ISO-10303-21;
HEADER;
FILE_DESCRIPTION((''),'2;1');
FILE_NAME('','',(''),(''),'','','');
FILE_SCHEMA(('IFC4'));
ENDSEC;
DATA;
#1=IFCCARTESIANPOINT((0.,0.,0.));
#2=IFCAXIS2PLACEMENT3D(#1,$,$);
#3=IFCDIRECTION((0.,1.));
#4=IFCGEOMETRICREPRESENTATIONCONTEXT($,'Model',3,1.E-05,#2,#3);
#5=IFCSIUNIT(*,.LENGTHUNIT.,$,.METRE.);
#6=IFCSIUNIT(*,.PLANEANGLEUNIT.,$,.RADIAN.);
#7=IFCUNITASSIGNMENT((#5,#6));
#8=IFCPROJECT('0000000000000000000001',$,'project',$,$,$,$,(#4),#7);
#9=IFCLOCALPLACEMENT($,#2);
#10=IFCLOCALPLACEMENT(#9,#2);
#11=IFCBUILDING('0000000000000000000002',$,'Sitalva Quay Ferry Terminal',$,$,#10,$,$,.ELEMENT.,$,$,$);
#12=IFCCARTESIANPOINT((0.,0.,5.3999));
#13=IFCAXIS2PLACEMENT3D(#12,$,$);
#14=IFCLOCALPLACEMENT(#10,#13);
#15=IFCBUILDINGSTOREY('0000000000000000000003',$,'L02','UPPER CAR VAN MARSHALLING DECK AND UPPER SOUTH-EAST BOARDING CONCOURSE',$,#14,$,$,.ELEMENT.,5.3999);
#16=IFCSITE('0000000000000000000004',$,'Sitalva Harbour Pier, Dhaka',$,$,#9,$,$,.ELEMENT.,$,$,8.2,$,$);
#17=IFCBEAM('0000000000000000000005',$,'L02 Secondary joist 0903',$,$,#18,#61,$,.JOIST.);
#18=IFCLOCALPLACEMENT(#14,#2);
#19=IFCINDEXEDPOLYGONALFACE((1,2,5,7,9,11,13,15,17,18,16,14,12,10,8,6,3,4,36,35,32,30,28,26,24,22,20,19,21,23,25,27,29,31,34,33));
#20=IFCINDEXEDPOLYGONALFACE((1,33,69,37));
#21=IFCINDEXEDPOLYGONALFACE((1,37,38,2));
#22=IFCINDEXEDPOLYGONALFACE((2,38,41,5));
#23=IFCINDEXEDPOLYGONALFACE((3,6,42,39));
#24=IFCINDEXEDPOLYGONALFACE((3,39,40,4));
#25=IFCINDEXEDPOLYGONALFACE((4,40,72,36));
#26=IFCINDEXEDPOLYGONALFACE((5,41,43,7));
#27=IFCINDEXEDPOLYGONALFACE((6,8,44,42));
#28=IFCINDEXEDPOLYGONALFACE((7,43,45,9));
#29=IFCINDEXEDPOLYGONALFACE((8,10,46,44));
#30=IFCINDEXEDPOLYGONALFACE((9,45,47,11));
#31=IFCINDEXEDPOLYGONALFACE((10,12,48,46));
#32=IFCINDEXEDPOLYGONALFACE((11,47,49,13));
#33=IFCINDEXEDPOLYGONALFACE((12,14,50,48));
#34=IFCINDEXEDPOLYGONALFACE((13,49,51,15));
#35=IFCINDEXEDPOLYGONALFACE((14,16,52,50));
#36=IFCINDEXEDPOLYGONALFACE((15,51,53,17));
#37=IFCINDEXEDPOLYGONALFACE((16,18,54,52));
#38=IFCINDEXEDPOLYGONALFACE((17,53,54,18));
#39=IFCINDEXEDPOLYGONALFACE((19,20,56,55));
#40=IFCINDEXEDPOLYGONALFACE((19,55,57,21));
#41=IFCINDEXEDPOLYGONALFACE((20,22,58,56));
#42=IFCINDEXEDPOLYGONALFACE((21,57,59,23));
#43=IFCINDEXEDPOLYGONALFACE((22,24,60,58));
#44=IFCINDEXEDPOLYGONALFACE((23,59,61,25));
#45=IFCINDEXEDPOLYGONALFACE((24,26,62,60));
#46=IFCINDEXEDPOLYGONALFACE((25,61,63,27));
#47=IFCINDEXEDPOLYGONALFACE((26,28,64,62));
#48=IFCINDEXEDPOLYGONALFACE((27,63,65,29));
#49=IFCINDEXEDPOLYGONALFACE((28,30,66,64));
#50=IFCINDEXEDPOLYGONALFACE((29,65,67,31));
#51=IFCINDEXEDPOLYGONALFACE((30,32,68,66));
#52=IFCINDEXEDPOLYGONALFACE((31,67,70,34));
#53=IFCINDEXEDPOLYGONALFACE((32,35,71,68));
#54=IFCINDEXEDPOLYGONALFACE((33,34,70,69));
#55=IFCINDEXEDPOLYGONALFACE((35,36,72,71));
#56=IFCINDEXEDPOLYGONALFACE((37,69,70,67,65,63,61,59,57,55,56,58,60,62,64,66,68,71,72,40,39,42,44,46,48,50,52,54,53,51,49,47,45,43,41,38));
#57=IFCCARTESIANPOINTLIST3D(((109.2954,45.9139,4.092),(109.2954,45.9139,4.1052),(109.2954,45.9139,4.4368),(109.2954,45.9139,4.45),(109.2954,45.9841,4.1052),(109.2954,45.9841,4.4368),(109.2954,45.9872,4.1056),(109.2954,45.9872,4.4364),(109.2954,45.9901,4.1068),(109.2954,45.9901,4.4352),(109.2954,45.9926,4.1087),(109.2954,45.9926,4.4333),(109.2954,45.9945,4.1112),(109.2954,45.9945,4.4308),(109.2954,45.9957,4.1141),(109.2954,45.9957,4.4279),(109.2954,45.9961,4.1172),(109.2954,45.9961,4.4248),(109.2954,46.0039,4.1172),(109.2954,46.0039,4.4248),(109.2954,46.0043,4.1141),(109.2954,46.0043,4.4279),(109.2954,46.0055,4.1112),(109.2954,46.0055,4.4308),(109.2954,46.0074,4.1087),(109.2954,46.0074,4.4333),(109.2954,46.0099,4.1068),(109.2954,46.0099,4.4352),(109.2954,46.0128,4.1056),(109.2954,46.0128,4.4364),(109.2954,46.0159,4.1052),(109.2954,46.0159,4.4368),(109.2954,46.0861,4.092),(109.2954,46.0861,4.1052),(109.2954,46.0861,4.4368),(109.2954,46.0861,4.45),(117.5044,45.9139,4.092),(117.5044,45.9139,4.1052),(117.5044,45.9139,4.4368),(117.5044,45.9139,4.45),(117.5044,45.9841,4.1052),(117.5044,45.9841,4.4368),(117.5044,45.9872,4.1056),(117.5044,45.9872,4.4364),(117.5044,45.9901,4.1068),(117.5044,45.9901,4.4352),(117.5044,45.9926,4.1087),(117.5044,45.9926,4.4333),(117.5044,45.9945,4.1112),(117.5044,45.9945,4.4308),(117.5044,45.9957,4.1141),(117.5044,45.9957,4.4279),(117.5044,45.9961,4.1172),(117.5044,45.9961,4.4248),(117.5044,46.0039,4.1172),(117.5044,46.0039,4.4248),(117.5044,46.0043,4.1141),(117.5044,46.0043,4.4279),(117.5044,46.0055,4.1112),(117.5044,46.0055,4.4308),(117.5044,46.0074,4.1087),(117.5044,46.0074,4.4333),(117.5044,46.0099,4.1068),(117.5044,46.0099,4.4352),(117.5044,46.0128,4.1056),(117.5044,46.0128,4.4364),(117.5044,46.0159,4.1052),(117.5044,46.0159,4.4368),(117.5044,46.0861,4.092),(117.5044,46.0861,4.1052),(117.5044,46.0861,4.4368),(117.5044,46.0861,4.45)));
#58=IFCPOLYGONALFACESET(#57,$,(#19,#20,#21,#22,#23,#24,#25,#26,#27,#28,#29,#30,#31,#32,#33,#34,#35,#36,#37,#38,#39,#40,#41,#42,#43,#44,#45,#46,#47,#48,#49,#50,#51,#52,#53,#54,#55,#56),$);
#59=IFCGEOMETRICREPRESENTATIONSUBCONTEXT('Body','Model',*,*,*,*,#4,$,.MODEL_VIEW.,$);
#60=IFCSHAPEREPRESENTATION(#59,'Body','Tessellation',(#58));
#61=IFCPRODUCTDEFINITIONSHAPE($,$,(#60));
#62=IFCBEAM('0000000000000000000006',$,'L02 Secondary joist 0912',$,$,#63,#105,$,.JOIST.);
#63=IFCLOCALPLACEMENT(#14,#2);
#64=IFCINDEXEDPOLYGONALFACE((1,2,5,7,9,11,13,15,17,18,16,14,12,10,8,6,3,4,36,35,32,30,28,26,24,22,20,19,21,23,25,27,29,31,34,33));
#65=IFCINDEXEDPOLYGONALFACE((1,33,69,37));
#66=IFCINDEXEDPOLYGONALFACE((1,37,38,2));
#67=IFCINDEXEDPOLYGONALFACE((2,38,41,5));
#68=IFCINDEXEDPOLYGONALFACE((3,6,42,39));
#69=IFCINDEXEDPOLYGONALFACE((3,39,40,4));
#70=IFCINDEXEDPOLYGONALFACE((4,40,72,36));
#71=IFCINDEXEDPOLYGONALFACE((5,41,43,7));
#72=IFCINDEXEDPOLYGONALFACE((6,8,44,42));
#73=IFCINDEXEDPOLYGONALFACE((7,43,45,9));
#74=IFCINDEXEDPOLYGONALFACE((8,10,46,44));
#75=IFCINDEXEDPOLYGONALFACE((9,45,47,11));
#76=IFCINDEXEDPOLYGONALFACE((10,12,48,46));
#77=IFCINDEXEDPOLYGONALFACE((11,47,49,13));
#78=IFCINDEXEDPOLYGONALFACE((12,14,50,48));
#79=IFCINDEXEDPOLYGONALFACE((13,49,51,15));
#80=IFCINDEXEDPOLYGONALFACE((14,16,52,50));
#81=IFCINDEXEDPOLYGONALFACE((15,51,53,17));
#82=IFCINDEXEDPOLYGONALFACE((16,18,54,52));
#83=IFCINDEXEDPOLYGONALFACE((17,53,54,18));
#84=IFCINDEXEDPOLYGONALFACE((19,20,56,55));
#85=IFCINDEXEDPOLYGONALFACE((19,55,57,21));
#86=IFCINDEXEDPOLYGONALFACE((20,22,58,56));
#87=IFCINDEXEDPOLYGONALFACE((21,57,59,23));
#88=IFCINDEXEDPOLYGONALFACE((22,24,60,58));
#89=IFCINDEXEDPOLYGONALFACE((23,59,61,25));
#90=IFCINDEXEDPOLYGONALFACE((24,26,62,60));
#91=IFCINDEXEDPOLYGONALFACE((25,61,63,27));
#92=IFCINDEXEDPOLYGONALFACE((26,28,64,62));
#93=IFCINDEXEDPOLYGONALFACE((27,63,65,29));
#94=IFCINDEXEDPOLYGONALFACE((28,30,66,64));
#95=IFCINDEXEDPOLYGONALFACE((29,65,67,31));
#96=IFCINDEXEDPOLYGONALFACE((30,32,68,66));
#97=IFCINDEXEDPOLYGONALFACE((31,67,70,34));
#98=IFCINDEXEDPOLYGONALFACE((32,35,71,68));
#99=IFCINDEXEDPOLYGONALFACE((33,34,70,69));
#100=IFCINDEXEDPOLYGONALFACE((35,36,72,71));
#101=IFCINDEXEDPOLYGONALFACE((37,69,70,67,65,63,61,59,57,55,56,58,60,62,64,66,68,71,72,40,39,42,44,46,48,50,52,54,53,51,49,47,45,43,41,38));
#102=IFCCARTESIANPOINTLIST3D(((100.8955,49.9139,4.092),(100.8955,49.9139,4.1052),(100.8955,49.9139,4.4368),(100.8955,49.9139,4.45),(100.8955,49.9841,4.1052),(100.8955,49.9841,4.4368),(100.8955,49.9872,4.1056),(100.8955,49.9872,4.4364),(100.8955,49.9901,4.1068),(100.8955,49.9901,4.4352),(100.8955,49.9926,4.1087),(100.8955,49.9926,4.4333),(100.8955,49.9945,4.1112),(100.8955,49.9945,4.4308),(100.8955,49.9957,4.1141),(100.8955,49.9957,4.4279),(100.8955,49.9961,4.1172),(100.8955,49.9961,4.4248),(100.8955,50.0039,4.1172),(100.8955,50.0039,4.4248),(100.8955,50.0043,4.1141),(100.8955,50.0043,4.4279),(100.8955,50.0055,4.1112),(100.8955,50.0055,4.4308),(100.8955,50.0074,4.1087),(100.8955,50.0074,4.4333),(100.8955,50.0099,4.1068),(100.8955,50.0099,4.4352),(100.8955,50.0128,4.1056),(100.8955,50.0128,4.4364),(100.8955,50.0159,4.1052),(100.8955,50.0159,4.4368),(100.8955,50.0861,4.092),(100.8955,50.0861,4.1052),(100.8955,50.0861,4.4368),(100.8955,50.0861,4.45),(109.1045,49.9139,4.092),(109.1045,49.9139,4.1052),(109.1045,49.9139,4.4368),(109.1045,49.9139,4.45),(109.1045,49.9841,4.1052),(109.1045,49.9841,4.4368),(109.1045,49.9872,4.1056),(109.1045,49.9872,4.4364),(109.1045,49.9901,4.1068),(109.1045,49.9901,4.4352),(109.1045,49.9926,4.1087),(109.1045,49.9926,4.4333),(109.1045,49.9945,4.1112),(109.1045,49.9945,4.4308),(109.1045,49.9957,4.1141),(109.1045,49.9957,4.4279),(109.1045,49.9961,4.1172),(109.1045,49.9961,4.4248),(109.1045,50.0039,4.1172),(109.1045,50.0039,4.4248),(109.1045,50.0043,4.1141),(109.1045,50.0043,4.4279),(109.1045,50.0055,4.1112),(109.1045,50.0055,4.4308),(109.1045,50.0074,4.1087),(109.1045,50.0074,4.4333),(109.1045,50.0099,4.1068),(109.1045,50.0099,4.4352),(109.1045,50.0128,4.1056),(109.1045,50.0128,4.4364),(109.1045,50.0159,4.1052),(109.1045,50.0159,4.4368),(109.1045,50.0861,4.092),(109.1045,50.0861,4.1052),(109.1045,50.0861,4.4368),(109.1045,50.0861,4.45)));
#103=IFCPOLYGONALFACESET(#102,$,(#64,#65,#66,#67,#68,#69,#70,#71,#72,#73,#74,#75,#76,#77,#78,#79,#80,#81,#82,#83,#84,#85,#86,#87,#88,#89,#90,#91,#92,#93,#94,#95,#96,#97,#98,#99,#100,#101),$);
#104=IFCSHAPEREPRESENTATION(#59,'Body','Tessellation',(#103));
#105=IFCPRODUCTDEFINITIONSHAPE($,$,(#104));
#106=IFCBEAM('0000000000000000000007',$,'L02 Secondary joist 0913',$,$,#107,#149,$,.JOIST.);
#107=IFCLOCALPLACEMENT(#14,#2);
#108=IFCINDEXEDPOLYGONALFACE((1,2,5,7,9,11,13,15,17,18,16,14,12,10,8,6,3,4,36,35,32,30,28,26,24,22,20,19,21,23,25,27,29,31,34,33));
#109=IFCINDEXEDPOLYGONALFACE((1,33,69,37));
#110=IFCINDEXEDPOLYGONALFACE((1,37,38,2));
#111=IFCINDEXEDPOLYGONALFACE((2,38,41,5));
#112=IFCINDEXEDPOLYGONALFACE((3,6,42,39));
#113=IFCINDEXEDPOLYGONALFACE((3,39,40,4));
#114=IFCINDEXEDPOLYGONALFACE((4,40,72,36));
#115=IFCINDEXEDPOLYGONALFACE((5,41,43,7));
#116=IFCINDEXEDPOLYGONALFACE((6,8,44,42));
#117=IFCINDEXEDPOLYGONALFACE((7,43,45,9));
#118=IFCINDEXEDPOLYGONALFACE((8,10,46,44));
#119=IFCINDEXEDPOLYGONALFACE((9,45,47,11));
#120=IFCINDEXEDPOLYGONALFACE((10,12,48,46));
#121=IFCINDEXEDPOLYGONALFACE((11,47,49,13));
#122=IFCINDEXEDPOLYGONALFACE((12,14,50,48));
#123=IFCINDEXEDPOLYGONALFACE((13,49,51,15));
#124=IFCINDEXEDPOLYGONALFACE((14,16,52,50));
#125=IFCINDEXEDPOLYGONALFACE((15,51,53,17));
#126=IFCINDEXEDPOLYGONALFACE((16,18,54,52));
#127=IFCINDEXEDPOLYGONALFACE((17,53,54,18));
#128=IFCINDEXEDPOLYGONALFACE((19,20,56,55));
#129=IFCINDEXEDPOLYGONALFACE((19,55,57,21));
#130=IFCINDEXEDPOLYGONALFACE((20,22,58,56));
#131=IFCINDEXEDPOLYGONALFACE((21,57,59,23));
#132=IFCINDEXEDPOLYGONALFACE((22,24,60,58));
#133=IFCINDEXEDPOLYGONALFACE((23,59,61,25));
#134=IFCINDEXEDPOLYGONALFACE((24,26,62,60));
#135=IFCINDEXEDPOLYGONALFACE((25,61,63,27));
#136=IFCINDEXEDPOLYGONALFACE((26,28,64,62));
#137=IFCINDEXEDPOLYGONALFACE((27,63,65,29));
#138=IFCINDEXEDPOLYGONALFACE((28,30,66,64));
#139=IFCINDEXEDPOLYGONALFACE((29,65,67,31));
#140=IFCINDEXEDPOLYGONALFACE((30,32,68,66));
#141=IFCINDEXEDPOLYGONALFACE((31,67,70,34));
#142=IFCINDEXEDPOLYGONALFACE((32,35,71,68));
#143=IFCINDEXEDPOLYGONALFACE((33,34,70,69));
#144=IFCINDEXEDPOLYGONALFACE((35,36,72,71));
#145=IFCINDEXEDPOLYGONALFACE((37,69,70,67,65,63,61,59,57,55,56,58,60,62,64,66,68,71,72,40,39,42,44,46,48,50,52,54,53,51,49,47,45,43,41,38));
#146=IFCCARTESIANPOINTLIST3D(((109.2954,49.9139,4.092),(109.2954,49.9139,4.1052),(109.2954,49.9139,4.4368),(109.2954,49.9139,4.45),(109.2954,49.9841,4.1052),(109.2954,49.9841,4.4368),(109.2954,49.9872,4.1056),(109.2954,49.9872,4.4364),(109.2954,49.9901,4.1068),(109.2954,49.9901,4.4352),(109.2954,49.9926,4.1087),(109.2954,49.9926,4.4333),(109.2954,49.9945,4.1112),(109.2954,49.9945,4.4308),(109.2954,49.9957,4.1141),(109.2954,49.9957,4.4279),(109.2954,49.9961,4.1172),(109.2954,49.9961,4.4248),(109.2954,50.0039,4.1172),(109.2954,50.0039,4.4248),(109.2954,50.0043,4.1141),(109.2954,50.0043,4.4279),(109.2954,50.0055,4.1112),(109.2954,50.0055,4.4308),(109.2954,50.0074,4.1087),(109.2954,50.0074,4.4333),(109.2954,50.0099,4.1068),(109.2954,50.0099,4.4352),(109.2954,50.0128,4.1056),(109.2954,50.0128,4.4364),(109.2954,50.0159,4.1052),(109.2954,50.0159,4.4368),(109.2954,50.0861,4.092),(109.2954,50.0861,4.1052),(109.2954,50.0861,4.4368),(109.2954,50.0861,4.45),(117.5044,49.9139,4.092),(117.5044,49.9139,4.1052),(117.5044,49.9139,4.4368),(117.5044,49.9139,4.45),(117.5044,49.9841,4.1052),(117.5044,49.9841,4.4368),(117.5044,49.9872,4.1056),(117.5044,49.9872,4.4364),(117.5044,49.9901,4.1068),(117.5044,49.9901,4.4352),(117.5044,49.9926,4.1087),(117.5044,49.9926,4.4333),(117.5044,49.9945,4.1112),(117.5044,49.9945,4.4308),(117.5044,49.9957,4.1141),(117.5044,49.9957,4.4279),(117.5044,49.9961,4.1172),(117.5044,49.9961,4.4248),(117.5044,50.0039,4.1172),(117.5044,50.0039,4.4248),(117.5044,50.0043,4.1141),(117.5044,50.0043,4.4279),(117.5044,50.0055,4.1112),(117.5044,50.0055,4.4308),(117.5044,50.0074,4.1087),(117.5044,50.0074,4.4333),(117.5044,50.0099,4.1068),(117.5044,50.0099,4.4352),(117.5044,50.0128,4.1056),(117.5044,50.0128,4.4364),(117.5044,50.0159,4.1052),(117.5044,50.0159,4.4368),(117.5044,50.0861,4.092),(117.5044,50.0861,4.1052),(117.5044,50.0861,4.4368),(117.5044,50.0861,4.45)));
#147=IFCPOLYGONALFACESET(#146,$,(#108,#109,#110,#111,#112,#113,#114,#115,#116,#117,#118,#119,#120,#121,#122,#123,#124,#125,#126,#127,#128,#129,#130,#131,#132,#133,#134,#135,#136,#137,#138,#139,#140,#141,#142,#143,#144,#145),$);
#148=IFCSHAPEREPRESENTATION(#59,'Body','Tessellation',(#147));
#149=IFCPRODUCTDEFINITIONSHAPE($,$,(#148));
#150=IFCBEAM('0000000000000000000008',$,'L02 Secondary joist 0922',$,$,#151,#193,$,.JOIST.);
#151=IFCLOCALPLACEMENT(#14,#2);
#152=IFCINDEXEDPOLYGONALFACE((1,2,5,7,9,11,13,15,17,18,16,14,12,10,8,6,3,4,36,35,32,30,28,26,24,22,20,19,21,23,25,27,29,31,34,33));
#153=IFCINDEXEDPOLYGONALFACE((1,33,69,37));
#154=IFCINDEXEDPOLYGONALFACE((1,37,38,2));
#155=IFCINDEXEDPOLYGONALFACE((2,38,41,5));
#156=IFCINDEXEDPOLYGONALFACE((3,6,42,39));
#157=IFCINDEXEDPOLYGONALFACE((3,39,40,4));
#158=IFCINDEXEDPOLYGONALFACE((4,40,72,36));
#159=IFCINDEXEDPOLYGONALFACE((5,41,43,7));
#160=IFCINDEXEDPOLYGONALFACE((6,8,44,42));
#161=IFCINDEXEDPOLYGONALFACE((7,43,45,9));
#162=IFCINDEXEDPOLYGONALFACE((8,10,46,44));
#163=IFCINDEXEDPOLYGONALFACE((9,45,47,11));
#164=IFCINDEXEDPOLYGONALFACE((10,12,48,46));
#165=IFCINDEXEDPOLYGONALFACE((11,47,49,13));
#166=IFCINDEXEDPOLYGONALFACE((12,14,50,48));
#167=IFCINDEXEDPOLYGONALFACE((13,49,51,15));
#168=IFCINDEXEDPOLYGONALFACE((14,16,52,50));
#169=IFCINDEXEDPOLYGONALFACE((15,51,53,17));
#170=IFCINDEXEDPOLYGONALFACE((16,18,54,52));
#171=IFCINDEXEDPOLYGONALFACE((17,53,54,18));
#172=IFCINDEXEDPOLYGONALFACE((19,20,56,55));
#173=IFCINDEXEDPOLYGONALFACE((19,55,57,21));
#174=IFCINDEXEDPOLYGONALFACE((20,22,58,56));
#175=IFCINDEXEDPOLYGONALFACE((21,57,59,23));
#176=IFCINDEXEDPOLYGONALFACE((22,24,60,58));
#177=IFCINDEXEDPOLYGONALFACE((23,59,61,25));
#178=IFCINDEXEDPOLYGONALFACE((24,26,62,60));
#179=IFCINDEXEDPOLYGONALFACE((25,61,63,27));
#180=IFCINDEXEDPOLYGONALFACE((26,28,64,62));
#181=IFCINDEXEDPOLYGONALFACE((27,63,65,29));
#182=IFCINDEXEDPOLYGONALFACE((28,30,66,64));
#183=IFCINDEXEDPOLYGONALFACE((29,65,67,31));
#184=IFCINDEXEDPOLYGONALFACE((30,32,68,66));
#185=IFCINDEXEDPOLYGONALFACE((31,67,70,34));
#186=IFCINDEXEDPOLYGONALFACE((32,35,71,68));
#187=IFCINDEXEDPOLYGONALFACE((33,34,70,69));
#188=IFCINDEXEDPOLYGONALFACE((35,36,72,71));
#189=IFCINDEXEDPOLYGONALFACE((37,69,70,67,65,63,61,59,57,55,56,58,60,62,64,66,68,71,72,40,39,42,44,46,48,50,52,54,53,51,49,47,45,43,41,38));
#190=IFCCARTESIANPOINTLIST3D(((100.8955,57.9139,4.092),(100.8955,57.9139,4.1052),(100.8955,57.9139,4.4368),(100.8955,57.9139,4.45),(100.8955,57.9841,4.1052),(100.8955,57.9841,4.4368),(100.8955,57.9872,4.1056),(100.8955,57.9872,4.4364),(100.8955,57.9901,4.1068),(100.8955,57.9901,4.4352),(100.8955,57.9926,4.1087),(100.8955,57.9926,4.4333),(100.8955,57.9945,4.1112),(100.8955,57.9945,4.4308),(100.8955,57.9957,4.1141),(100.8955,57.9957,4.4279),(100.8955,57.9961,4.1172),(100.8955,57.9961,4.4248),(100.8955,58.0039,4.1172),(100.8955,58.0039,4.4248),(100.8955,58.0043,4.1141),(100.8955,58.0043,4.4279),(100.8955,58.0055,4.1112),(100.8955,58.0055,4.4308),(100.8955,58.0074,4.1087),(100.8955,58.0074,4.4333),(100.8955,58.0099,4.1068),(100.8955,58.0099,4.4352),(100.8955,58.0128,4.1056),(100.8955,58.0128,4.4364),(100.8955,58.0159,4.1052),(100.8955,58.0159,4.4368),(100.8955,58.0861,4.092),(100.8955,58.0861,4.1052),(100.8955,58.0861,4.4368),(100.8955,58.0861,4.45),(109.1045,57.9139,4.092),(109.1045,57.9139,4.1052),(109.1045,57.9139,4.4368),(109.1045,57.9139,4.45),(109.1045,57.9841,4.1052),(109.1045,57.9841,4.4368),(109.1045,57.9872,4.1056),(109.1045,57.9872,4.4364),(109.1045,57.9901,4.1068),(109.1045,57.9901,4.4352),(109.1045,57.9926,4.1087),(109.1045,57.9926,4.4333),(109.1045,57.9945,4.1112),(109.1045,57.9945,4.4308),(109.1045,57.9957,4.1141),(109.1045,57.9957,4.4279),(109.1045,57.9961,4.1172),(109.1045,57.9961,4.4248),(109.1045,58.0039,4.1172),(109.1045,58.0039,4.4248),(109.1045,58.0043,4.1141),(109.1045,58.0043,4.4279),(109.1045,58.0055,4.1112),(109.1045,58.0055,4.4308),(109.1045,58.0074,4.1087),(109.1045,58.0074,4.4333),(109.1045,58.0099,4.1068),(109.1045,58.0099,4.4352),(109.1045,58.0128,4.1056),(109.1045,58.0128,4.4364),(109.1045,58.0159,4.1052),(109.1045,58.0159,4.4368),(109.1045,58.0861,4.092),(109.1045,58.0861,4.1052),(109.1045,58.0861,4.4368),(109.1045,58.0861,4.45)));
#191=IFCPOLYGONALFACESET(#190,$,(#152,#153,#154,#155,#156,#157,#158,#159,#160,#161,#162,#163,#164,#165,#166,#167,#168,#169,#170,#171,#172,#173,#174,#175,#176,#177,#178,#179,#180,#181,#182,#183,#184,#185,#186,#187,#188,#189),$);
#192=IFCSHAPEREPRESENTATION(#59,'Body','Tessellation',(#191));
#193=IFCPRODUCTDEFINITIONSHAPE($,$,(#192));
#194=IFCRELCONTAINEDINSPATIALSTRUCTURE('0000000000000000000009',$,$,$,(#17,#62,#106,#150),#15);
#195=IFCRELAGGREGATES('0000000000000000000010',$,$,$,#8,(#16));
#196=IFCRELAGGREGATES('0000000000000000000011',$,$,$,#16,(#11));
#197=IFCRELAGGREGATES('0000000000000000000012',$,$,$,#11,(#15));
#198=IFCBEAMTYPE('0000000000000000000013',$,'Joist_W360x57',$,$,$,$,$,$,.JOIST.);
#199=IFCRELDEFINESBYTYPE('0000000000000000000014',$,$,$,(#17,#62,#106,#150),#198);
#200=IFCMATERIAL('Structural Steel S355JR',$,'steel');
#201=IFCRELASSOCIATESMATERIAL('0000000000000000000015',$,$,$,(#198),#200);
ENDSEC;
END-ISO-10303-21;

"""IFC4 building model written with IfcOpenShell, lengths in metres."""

from ifc_helpers import new_model, si_unit, direction, frame, origin, origin_2d, place, context, subcontext, project, spatial, i_section, extrude, material, material_profile, profile_set, type_object, element, save


model = new_model("IFC4")

# Units and contexts
model_context = context("Model", 3, precision=1e-05, world=origin(), true_north=direction((0.0, 1.0)))
body_context = subcontext(model_context, "Body", "Model", "MODEL_VIEW")
ifc_project = project(units=[si_unit("LENGTHUNIT", "METRE"), si_unit("PLANEANGLEUNIT", "RADIAN")], contexts=[model_context])

# Site, building, storey
site_placement = place(None, origin())
site = spatial("IfcSite", under=ifc_project, at=site_placement, Name="Sitalva Harbour Pier, Dhaka", CompositionType="ELEMENT", RefElevation=8.2)
building_placement = place(site_placement, origin())
building = spatial("IfcBuilding", under=site, at=building_placement, Name="Sitalva Quay Ferry Terminal", CompositionType="ELEMENT")
storey_placement = place(building_placement, frame((0.0, 0.0, 5.3999)))
storey = spatial("IfcBuildingStorey", under=building, at=storey_placement, Name="L02", Description="UPPER CAR VAN MARSHALLING DECK AND UPPER SOUTH-EAST BOARDING CONCOURSE", CompositionType="ELEMENT", Elevation=5.3999)

# Beams
ifc_material_1 = material(Name="Structural Steel S355JR", Category="steel")
ifc_material_profile_1 = material_profile(ifc_material_1, i_section(OverallWidth=0.1721, OverallDepth=0.3579, WebThickness=0.0078, FlangeThickness=0.0132, FilletRadius=0.012, at=origin_2d()), Name="W360x57")
ifc_profile_set_1 = profile_set([ifc_material_profile_1], Name="Structural Steel S355JR")
beam_type_1 = type_object("IfcBeamType", Name="Joist_W360x57", PredefinedType="JOIST", material=ifc_profile_set_1)
for number, where, z_axis, x_axis, name in (
    (1, (109.2954, 46.0, 4.271), (1.0, 0.0, 0.0), (0.0, 1.0, 0.0), "L02 Secondary joist 0903"),
    (2, (100.8955, 50.0, 4.271), (1.0, 0.0, 0.0), (0.0, 1.0, 0.0), "L02 Secondary joist 0912"),
    (3, (109.2954, 50.0, 4.271), (1.0, 0.0, 0.0), (0.0, 1.0, 0.0), "L02 Secondary joist 0913"),
    (4, (100.8955, 58.0, 4.271), (1.0, 0.0, 0.0), (0.0, 1.0, 0.0), "L02 Secondary joist 0922"),
):
    element("IfcBeam", number, at=place(storey_placement, frame(where, z_axis=z_axis, x_axis=x_axis)), inside=storey, type_object=beam_type_1, Name=name, PredefinedType="JOIST", context=body_context, shape_type="SweptSolid", body=[
        extrude(i_section(OverallWidth=0.1721, OverallDepth=0.3579, WebThickness=0.0078, FlangeThickness=0.0132, FilletRadius=0.012, at=origin_2d()), origin(), (0.0, 0.0, 1.0), 8.209),
    ])

save(model, "model.ifc")
